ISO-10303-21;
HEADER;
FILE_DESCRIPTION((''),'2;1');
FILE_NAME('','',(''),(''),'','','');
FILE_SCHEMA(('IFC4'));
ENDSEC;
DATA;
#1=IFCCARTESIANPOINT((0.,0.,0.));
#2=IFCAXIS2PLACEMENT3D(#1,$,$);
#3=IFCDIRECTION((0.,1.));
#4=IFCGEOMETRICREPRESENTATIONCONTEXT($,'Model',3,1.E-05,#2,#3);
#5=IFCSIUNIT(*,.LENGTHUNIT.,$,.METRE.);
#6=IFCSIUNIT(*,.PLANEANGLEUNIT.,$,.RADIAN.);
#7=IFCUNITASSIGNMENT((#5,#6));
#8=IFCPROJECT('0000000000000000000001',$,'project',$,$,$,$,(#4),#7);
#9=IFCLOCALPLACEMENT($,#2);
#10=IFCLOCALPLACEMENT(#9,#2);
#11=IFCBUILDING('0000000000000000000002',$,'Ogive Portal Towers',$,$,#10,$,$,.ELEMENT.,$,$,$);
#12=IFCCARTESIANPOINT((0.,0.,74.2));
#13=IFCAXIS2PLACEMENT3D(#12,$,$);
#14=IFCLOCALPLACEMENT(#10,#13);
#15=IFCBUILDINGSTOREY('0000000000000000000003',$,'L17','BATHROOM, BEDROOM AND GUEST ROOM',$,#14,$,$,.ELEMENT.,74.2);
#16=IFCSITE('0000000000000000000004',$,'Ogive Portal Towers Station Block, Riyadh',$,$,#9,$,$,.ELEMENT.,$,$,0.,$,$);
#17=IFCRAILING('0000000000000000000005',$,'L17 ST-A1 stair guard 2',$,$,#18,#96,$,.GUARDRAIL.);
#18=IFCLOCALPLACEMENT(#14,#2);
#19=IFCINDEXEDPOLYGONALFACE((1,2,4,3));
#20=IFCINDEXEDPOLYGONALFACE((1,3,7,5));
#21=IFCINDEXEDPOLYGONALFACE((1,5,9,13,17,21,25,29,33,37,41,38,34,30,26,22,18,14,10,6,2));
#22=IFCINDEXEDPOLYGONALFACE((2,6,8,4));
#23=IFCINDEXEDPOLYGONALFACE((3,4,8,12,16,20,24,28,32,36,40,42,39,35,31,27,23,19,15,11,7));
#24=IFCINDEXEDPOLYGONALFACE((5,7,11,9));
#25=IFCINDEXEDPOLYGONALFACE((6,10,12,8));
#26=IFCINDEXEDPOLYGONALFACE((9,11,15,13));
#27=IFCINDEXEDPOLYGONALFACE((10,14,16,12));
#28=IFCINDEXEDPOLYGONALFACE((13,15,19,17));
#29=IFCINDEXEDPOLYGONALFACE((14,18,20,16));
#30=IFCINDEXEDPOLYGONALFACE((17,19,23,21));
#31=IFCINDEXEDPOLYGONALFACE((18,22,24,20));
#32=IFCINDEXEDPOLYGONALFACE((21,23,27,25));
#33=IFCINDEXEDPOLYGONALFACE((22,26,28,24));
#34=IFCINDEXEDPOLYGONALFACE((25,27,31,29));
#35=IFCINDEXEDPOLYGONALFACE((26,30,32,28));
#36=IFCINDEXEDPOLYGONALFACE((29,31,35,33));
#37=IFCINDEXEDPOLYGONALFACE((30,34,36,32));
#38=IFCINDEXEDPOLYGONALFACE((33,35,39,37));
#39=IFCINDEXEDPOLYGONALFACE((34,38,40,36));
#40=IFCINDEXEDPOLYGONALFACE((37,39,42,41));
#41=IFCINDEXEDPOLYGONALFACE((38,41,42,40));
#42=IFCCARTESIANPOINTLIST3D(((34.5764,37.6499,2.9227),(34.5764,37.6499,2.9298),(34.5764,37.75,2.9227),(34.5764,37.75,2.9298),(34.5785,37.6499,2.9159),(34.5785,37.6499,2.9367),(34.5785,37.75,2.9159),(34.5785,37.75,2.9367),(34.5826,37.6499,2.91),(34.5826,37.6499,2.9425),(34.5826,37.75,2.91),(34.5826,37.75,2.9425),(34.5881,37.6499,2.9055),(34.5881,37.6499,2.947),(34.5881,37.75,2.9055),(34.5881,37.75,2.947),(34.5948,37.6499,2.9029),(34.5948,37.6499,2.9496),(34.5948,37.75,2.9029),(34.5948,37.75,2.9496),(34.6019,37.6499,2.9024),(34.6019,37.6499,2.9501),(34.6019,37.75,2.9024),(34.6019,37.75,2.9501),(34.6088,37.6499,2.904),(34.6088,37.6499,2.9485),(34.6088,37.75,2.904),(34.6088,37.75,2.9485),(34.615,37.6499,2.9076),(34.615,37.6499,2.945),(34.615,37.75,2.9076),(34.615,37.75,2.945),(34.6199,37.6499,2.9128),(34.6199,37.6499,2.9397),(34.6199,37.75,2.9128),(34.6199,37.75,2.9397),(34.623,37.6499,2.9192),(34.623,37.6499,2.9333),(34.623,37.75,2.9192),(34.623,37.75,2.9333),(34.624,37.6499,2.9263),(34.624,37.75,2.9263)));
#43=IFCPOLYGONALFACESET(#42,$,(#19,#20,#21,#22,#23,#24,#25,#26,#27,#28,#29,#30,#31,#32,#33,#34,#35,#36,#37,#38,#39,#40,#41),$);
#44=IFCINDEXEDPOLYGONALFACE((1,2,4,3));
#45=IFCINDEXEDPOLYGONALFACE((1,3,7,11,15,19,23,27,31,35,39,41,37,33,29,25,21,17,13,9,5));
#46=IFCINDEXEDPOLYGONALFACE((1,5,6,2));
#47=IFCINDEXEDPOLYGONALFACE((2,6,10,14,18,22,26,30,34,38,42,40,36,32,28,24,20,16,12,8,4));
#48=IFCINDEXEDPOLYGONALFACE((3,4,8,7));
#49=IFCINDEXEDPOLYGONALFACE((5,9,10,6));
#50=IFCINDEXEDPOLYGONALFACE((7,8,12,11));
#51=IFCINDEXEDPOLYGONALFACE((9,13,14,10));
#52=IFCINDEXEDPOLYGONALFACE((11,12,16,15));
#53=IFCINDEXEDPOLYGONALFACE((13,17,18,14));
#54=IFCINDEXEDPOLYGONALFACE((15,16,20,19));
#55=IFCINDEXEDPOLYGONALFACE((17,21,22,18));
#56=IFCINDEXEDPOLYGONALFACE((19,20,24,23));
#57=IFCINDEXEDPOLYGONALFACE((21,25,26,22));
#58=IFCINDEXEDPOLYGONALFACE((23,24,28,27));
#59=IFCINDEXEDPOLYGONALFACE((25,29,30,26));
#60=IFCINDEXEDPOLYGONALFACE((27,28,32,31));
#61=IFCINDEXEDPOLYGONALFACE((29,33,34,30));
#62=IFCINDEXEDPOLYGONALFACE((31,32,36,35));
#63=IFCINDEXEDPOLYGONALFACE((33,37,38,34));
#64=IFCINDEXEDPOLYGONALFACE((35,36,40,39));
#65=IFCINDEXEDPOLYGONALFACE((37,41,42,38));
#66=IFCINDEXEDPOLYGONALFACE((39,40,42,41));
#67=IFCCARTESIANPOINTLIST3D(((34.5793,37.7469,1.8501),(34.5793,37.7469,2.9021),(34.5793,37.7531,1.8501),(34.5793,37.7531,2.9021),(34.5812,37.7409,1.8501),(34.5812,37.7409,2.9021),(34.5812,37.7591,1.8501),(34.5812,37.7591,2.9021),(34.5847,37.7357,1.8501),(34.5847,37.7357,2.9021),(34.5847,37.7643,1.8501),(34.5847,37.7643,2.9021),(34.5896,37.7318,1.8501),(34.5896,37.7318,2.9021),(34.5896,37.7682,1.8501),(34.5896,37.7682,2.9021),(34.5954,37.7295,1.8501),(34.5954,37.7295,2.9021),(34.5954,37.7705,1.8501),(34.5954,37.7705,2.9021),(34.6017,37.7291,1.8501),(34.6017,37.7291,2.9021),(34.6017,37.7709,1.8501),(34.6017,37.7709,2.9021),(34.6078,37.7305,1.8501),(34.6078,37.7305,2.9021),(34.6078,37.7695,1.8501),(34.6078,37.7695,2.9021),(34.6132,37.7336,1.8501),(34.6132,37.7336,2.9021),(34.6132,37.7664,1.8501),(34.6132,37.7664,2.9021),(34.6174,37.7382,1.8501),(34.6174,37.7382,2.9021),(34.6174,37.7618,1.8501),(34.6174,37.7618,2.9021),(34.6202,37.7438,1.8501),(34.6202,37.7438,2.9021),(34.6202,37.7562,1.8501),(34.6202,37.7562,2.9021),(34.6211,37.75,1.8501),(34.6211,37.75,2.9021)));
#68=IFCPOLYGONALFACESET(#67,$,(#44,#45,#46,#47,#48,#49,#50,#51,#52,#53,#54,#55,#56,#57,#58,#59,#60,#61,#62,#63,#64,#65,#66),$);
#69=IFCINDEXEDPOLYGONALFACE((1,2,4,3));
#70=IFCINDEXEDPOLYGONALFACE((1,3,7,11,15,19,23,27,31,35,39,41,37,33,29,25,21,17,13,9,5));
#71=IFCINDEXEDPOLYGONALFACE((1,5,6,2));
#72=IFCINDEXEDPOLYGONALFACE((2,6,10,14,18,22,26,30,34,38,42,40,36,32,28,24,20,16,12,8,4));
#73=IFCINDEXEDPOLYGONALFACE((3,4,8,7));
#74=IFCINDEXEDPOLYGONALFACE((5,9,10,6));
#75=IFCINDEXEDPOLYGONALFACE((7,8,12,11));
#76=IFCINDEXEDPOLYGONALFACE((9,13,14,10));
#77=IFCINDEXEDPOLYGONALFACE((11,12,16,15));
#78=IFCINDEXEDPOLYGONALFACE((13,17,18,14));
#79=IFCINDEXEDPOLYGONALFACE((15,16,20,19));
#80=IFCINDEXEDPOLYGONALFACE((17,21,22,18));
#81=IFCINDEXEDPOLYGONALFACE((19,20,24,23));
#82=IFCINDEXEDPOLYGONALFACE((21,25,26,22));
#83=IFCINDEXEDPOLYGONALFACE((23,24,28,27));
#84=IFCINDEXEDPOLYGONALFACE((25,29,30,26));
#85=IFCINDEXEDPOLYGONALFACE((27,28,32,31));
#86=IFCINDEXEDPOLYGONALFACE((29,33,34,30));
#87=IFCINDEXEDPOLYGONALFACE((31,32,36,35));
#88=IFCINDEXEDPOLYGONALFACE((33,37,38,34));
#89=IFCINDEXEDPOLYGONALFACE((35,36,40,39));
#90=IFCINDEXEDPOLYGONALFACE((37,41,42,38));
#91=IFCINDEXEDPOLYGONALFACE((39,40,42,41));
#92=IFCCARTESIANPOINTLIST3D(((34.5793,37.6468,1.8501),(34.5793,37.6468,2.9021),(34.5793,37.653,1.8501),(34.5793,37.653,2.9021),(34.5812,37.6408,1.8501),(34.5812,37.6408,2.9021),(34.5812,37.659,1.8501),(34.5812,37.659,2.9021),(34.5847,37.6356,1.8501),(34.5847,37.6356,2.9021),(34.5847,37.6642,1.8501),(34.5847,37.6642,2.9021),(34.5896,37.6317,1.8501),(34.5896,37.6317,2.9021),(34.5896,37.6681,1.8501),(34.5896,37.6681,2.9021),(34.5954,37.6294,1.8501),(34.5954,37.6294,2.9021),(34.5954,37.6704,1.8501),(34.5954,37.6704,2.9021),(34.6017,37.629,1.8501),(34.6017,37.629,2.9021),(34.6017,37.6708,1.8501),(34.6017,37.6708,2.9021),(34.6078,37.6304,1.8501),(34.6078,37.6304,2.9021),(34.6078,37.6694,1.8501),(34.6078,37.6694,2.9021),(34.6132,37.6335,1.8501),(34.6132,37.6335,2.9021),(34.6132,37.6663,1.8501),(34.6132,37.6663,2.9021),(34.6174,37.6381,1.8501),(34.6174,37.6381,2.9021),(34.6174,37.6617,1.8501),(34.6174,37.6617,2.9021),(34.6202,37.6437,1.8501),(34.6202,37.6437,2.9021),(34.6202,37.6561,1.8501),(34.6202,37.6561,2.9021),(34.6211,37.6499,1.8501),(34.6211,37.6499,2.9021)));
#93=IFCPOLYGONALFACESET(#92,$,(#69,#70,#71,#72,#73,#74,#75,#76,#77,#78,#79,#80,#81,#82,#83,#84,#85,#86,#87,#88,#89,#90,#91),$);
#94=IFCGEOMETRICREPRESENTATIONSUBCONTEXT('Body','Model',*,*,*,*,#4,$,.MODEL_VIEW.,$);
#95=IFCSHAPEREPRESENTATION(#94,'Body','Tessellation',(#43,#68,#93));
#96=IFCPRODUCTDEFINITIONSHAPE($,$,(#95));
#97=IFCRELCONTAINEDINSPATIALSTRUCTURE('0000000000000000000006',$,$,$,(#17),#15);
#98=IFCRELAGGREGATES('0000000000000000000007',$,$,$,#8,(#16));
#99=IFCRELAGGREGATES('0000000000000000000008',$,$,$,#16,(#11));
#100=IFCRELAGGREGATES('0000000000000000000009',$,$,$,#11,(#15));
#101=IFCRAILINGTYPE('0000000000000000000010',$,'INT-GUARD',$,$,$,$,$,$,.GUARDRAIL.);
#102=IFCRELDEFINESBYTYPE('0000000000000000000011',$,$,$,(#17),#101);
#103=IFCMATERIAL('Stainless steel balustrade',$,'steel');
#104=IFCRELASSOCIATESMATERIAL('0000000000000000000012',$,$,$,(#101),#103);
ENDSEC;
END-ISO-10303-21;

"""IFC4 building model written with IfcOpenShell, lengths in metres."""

from ifc_helpers import new_model, si_unit, direction, frame, origin, origin_2d, place, context, subcontext, project, spatial, circle, extrude, material, type_object, element, save


model = new_model("IFC4")

# Units and contexts
model_context = context("Model", 3, precision=1e-05, world=origin(), true_north=direction((0.0, 1.0)))
body_context = subcontext(model_context, "Body", "Model", "MODEL_VIEW")
ifc_project = project(units=[si_unit("LENGTHUNIT", "METRE"), si_unit("PLANEANGLEUNIT", "RADIAN")], contexts=[model_context])

# Site, building, storey
site_placement = place(None, origin())
site = spatial("IfcSite", under=ifc_project, at=site_placement, Name="Ogive Portal Towers Station Block, Riyadh", CompositionType="ELEMENT", RefElevation=0.0)
building_placement = place(site_placement, origin())
building = spatial("IfcBuilding", under=site, at=building_placement, Name="Ogive Portal Towers", CompositionType="ELEMENT")
storey_placement = place(building_placement, frame((0.0, 0.0, 74.2)))
storey = spatial("IfcBuildingStorey", under=building, at=storey_placement, Name="L17", Description="BATHROOM, BEDROOM AND GUEST ROOM", CompositionType="ELEMENT", Elevation=74.2)

# Railing
ifc_material_1 = material(Name="Stainless steel balustrade", Category="steel")
railing_type_1 = type_object("IfcRailingType", Name="INT-GUARD", PredefinedType="GUARDRAIL", material=ifc_material_1)
railing_1_placement = place(storey_placement, frame((34.6001, 37.75, 1.8501)))
element("IfcRailing", 1, at=railing_1_placement, inside=storey, type_object=railing_type_1, Name="L17 ST-A1 stair guard 2", PredefinedType="GUARDRAIL", context=body_context, shape_type="SweptSolid", body=[
    extrude(circle(Radius=0.0239, at=origin_2d()), frame((0.0, 0.0, 1.0762), z_axis=(0.0, -1.0, 0.0), x_axis=(1.0, 0.0, 0.0)), (0.0, 0.0, 1.0), 0.1001),
    extrude(circle(Radius=0.021, at=origin_2d()), origin(), (0.0, 0.0, 1.0), 1.052),
    extrude(circle(Radius=0.021, at=origin_2d()), frame((0.0, -0.1001, 0.0)), (0.0, 0.0, 1.0), 1.052),
])

save(model, "model.ifc")
